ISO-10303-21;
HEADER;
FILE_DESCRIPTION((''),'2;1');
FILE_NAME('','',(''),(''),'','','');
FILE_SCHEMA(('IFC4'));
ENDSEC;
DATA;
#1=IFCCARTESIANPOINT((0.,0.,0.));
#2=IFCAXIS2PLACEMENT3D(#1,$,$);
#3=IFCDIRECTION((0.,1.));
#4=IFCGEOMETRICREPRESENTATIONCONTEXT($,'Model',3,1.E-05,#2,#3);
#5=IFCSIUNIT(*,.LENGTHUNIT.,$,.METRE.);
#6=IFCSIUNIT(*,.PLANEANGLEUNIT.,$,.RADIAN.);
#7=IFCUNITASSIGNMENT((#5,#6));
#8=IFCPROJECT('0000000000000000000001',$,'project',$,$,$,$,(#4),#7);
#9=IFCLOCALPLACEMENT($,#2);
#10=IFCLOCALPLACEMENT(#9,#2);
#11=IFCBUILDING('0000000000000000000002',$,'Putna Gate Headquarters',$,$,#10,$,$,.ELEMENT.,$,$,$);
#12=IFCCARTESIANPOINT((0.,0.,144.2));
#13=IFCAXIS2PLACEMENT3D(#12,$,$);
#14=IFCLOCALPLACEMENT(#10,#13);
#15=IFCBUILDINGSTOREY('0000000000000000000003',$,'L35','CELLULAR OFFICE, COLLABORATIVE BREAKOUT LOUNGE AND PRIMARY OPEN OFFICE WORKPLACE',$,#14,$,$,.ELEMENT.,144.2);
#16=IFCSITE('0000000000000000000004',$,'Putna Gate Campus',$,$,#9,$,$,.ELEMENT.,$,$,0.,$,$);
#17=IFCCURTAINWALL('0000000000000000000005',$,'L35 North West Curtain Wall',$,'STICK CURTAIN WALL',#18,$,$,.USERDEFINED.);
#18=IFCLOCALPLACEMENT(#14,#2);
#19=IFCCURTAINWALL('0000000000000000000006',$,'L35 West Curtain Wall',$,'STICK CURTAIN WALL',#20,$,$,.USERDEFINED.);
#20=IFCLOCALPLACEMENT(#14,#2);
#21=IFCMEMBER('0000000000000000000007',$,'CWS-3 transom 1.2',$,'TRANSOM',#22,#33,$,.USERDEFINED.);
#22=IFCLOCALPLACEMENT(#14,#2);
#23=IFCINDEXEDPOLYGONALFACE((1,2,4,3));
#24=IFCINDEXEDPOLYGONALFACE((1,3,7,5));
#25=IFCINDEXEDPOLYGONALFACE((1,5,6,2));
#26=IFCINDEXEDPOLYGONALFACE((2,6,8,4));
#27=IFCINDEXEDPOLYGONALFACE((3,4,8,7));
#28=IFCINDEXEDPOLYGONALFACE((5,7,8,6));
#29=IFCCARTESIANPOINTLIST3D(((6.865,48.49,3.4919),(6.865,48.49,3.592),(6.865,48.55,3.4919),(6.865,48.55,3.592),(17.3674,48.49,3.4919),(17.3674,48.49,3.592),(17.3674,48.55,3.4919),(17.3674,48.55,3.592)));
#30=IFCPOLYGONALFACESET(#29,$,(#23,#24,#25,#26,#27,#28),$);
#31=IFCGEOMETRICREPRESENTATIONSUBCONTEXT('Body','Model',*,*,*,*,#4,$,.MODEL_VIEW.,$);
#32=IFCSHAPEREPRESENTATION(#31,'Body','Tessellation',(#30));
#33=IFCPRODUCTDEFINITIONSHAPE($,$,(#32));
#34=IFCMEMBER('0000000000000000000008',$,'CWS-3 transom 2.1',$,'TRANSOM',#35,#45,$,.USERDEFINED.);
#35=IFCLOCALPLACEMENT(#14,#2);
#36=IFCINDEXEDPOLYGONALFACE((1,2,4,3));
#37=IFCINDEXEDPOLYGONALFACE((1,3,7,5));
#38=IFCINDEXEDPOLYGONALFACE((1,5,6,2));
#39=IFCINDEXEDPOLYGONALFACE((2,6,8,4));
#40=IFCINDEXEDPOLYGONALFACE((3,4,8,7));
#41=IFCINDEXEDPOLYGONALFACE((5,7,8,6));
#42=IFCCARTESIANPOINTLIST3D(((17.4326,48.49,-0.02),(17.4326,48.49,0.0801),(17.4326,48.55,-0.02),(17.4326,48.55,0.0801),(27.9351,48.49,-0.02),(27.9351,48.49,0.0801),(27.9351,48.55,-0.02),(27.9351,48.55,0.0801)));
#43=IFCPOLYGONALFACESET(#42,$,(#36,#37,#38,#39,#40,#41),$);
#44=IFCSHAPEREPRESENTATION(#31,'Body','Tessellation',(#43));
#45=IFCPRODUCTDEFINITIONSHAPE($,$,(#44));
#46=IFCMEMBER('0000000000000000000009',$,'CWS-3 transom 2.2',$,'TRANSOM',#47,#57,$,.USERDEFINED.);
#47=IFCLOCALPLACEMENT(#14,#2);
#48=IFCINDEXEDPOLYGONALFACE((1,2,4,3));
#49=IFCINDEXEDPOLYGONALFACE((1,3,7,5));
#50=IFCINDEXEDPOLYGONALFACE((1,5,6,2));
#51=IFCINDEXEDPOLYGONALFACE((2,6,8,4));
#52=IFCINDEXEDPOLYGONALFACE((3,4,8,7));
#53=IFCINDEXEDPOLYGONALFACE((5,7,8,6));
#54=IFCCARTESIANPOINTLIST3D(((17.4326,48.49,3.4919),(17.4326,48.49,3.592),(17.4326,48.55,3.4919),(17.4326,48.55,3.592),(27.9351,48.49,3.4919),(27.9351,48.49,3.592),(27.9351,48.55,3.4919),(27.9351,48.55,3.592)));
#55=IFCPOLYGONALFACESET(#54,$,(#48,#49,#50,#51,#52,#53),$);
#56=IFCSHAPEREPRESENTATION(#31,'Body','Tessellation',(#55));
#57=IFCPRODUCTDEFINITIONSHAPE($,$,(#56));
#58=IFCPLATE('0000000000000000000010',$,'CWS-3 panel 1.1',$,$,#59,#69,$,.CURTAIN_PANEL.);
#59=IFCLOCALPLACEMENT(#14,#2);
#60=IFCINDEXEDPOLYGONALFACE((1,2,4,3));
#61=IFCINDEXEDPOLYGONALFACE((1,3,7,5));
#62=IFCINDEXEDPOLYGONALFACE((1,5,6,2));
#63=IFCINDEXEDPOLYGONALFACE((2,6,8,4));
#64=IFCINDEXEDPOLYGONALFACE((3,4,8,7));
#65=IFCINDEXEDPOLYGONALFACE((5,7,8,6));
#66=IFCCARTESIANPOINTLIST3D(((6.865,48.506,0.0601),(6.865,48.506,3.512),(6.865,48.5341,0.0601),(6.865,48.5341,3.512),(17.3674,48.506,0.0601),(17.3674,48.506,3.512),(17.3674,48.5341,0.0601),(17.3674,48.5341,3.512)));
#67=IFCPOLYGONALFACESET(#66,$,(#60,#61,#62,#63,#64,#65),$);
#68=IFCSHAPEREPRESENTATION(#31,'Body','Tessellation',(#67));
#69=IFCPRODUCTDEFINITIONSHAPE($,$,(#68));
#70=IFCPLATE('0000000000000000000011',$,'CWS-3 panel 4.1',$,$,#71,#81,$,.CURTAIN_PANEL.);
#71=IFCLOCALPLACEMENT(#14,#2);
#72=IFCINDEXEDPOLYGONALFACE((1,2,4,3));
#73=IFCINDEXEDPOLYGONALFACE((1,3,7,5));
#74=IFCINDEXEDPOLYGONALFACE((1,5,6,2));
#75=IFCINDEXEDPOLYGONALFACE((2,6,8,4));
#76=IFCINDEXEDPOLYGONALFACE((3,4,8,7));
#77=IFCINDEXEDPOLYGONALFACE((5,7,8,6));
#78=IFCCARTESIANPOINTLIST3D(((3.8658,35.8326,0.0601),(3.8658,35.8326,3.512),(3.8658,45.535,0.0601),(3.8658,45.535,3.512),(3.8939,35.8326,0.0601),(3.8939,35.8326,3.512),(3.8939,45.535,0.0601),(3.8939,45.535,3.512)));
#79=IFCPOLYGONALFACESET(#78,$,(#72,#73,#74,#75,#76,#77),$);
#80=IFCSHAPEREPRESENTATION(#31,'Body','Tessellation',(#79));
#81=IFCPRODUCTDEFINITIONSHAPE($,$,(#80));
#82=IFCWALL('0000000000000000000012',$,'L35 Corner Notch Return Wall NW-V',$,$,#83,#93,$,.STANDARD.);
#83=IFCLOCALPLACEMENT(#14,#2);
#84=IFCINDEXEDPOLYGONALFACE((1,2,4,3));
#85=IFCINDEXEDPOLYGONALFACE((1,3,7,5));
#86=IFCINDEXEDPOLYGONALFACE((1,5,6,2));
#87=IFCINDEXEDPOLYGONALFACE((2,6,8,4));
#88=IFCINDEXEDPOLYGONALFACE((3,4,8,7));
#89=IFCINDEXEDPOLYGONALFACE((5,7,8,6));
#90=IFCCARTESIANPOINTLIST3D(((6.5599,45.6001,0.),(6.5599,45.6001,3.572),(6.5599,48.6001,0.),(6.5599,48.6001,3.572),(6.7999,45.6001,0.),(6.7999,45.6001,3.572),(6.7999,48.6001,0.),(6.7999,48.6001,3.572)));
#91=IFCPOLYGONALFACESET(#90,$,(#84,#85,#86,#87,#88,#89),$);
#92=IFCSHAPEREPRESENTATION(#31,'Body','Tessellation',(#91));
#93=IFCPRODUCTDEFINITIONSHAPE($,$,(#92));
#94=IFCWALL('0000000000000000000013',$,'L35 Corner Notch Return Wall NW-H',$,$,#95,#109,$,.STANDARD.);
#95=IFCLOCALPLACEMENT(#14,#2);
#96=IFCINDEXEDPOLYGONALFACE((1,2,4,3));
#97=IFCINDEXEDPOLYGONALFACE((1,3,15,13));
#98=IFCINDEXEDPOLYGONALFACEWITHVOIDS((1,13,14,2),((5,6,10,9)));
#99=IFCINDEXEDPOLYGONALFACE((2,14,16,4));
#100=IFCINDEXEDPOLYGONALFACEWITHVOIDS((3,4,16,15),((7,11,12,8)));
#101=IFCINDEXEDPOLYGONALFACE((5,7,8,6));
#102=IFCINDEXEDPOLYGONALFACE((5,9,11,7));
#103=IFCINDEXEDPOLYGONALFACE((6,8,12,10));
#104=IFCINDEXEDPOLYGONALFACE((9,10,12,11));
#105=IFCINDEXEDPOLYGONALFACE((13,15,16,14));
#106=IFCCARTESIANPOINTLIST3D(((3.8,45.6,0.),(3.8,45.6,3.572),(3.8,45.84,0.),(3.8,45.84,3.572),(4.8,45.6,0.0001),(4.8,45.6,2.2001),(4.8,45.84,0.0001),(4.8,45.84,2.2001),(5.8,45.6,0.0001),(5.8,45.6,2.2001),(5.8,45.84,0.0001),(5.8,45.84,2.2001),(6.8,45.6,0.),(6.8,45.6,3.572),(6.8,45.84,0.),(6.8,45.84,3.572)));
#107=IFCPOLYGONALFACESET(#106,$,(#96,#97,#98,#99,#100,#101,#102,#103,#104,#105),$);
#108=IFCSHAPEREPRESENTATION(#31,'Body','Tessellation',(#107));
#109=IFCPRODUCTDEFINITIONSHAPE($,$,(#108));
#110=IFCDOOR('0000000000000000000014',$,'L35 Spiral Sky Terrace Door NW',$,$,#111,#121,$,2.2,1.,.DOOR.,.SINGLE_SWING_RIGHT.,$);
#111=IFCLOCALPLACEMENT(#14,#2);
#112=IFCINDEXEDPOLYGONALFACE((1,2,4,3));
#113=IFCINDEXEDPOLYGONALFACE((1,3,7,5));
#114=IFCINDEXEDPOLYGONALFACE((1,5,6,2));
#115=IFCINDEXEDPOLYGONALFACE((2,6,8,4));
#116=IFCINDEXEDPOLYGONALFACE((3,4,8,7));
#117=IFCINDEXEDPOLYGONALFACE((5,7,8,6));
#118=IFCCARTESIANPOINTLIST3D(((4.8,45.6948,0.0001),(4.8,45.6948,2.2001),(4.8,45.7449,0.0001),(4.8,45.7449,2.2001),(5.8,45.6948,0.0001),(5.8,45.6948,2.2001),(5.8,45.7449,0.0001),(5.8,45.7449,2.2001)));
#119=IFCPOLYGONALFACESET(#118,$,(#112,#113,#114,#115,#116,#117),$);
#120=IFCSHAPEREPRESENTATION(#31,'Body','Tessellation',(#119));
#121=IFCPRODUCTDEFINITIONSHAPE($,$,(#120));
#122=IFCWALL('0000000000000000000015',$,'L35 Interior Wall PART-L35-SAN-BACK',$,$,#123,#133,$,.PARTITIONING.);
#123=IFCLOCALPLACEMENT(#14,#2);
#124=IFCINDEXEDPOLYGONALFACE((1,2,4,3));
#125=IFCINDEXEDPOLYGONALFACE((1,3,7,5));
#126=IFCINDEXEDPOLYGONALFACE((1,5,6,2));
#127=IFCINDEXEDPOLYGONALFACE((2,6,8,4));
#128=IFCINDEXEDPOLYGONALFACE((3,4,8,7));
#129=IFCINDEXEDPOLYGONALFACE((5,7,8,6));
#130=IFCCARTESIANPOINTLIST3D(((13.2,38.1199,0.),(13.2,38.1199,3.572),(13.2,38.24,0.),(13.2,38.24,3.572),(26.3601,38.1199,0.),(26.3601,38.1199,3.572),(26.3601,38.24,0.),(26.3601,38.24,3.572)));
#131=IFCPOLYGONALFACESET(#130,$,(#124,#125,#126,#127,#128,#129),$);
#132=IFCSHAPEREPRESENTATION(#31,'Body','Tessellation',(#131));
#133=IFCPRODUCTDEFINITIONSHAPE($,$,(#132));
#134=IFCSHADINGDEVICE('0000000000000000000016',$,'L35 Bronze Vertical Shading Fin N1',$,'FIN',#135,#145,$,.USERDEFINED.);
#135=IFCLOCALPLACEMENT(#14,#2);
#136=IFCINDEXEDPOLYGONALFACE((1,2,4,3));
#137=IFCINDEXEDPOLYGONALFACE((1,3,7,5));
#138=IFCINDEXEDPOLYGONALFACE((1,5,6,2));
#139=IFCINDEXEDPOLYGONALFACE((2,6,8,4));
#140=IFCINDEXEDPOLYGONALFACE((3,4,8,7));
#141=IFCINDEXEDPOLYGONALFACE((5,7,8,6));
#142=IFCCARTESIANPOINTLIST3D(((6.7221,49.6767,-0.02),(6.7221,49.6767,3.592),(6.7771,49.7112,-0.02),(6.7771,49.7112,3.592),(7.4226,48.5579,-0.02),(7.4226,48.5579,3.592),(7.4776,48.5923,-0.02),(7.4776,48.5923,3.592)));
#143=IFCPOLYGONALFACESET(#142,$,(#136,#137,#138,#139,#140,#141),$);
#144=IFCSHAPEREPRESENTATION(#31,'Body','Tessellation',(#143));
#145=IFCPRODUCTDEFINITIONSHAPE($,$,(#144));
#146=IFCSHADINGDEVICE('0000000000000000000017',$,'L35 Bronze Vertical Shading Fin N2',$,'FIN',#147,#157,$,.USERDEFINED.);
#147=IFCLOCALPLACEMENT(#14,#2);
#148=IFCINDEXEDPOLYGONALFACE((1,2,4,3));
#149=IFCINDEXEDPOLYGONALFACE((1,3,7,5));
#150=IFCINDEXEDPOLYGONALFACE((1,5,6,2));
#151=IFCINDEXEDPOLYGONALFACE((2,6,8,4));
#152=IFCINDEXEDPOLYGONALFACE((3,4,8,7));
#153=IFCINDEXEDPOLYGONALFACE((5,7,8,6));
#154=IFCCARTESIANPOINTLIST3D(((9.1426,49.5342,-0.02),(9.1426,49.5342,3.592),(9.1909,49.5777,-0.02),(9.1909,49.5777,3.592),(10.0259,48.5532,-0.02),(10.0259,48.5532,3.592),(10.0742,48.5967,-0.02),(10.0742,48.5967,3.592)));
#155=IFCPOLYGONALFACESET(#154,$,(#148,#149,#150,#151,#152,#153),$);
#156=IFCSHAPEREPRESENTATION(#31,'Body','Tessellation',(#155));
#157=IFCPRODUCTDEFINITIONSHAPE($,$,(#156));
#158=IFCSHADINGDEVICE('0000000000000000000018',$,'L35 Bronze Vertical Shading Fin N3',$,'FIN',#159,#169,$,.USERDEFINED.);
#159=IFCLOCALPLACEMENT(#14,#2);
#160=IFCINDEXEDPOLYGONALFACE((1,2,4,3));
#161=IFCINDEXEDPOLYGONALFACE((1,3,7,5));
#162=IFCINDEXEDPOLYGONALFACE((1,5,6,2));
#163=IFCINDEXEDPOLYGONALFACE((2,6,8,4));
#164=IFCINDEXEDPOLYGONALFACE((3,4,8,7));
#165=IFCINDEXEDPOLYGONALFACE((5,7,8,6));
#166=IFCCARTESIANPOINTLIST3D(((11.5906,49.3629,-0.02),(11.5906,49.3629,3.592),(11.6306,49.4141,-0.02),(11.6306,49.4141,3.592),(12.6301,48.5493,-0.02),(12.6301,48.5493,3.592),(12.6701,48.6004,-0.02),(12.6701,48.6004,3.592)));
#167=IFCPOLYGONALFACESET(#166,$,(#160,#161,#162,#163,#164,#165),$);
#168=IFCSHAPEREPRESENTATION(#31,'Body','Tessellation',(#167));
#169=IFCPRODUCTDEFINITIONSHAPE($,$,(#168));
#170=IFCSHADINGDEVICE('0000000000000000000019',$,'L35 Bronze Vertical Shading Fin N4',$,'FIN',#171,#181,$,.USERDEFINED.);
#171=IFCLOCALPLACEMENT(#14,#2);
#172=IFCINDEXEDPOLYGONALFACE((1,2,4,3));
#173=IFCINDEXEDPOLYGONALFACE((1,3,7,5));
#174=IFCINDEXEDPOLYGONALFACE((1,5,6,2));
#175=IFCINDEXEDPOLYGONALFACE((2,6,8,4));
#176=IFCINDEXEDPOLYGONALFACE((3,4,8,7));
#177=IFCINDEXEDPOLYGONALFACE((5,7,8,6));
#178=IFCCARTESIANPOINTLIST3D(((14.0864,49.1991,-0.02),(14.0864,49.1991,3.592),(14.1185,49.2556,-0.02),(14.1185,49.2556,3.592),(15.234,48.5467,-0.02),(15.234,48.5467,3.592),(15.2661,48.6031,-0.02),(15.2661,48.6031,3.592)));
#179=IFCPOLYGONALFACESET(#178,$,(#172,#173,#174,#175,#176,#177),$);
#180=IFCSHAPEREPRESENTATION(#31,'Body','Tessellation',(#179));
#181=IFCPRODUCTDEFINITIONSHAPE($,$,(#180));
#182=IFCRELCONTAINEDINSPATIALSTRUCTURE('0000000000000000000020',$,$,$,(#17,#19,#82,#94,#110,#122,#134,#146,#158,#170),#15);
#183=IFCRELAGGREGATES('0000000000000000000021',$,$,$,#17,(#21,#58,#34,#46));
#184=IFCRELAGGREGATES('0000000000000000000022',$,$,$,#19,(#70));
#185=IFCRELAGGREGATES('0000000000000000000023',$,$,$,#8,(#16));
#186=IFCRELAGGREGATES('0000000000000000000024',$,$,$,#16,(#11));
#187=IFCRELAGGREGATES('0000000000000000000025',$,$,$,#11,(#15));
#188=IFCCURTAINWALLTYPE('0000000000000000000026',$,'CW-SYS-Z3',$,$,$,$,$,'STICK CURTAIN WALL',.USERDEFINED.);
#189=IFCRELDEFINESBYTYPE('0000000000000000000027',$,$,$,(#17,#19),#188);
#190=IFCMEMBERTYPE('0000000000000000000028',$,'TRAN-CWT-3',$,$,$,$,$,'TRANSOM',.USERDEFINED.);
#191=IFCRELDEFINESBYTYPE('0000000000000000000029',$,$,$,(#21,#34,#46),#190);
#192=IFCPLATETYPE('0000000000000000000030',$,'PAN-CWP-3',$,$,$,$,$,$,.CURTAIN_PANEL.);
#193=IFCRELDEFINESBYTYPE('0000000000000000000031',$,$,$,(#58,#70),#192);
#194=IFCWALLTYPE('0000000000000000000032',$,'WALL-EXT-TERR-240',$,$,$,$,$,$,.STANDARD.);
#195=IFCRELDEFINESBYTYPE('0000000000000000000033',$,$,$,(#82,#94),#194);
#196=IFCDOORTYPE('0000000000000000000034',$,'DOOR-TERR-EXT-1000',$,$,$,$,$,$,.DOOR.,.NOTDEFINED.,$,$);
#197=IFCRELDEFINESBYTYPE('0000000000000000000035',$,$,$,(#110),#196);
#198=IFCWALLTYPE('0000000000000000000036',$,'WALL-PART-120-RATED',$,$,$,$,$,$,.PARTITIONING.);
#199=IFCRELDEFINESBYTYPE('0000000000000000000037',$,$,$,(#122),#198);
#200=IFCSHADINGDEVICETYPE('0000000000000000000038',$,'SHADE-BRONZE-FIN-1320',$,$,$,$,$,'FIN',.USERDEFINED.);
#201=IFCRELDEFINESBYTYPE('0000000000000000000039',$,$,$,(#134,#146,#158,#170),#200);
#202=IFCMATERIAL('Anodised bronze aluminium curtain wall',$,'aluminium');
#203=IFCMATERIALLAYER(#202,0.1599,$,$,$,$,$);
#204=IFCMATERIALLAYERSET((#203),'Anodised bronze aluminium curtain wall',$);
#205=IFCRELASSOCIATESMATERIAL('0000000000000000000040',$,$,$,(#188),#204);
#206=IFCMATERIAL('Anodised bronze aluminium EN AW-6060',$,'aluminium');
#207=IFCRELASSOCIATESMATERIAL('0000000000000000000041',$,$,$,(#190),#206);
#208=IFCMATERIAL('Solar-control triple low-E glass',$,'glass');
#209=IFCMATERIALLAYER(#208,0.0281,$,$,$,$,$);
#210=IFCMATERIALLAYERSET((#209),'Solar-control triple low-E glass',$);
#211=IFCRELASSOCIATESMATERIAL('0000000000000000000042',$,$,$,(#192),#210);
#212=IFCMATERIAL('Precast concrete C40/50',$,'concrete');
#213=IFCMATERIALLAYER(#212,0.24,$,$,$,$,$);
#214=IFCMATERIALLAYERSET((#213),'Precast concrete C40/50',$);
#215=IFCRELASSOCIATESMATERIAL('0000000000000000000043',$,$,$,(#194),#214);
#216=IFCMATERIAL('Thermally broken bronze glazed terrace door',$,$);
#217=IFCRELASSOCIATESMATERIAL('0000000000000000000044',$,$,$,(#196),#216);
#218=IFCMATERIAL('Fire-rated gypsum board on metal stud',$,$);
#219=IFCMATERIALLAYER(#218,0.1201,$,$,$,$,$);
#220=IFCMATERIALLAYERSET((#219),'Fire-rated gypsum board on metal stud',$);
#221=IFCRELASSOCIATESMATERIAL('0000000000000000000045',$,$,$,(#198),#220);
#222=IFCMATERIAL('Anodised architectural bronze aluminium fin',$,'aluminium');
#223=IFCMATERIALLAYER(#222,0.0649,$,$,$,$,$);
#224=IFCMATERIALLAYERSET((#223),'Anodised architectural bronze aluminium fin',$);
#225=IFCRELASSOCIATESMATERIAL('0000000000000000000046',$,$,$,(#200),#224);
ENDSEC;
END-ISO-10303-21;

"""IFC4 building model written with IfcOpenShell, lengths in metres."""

from ifc_helpers import new_model, si_unit, direction, frame, frame_2d, origin, origin_2d, place, context, subcontext, project, spatial, rectangle, extrude, material, layer, layer_set, material_profile, profile_set, type_object, element, fill, aggregate, save


model = new_model("IFC4")

# Units and contexts
model_context = context("Model", 3, precision=1e-05, world=origin(), true_north=direction((0.0, 1.0)))
body_context = subcontext(model_context, "Body", "Model", "MODEL_VIEW")
ifc_project = project(units=[si_unit("LENGTHUNIT", "METRE"), si_unit("PLANEANGLEUNIT", "RADIAN")], contexts=[model_context])

# Site, building, storey
site_placement = place(None, origin())
site = spatial("IfcSite", under=ifc_project, at=site_placement, Name="Putna Gate Campus", CompositionType="ELEMENT", RefElevation=0.0)
building_placement = place(site_placement, origin())
building = spatial("IfcBuilding", under=site, at=building_placement, Name="Putna Gate Headquarters", CompositionType="ELEMENT")
storey_placement = place(building_placement, frame((0.0, 0.0, 144.2)))
storey = spatial("IfcBuildingStorey", under=building, at=storey_placement, Name="L35", Description="CELLULAR OFFICE, COLLABORATIVE BREAKOUT LOUNGE AND PRIMARY OPEN OFFICE WORKPLACE", CompositionType="ELEMENT", Elevation=144.2)

# Curtain wall
ifc_material_1 = material(Name="Anodised bronze aluminium curtain wall", Category="aluminium")
ifc_layer_1 = layer(ifc_material_1, 0.1599)
ifc_layer_set_1 = layer_set([ifc_layer_1], Name="Anodised bronze aluminium curtain wall")
curtain_wall_type = type_object("IfcCurtainWallType", Name="CW-SYS-Z3", ElementType="STICK CURTAIN WALL", PredefinedType="USERDEFINED", material=ifc_layer_set_1)
curtain_wall_1_placement = place(storey_placement, origin())
curtain_wall_1 = element("IfcCurtainWall", 1, at=curtain_wall_1_placement, inside=storey, type_object=curtain_wall_type, Name="L35 North West Curtain Wall", ObjectType="STICK CURTAIN WALL", PredefinedType="USERDEFINED")
ifc_material_2 = material(Name="Anodised bronze aluminium EN AW-6060", Category="aluminium")

# Curtain wall
curtain_wall_2_placement = place(storey_placement, origin())
curtain_wall_2 = element("IfcCurtainWall", 2, at=curtain_wall_2_placement, inside=storey, type_object=curtain_wall_type, Name="L35 West Curtain Wall", ObjectType="STICK CURTAIN WALL", PredefinedType="USERDEFINED")

# Members
ifc_material_profile_1 = material_profile(ifc_material_2, rectangle(XDim=0.0601, YDim=0.1001, at=origin_2d()), Name="Anodised bronze aluminium EN AW-6060")
ifc_profile_set_1 = profile_set([ifc_material_profile_1], Name="Anodised bronze aluminium EN AW-6060")
member_type_1 = type_object("IfcMemberType", Name="TRAN-CWT-3", ElementType="TRANSOM", PredefinedType="USERDEFINED", material=ifc_profile_set_1)
member_1_placement = place(storey_placement, frame((6.865, 48.52, 3.542), z_axis=(1.0, 0.0, 0.0), x_axis=(0.0, 1.0, 0.0)))
member_1 = element("IfcMember", 3, at=member_1_placement, type_object=member_type_1, Name="CWS-3 transom 1.2", ObjectType="TRANSOM", PredefinedType="USERDEFINED", context=body_context, shape_type="SweptSolid", body=[
    extrude(rectangle(XDim=0.0601, YDim=0.1001, at=origin_2d()), origin(), (0.0, 0.0, 1.0), 10.5024),
])
member_2_placement = place(storey_placement, frame((17.4326, 48.52, 0.03), z_axis=(1.0, 0.0, 0.0), x_axis=(0.0, 1.0, 0.0)))
member_2 = element("IfcMember", 4, at=member_2_placement, type_object=member_type_1, Name="CWS-3 transom 2.1", ObjectType="TRANSOM", PredefinedType="USERDEFINED", context=body_context, shape_type="SweptSolid", body=[
    extrude(rectangle(XDim=0.0601, YDim=0.1001, at=origin_2d()), origin(), (0.0, 0.0, 1.0), 10.5024),
])
member_3_placement = place(storey_placement, frame((17.4326, 48.52, 3.542), z_axis=(1.0, 0.0, 0.0), x_axis=(0.0, 1.0, 0.0)))
member_3 = element("IfcMember", 5, at=member_3_placement, type_object=member_type_1, Name="CWS-3 transom 2.2", ObjectType="TRANSOM", PredefinedType="USERDEFINED", context=body_context, shape_type="SweptSolid", body=[
    extrude(rectangle(XDim=0.0601, YDim=0.1001, at=origin_2d()), origin(), (0.0, 0.0, 1.0), 10.5024),
])

# Plates
ifc_material_3 = material(Name="Solar-control triple low-E glass", Category="glass")
ifc_layer_2 = layer(ifc_material_3, 0.0281)
ifc_layer_set_2 = layer_set([ifc_layer_2], Name="Solar-control triple low-E glass")
plate_type = type_object("IfcPlateType", Name="PAN-CWP-3", PredefinedType="CURTAIN_PANEL", material=ifc_layer_set_2)
plate_1_placement = place(storey_placement, frame((12.1162, 48.52, 0.0601), z_axis=(0.0, 0.0, 1.0), x_axis=(1.0, 0.0, 0.0)))
plate_1 = element("IfcPlate", 6, at=plate_1_placement, type_object=plate_type, Name="CWS-3 panel 1.1", PredefinedType="CURTAIN_PANEL", context=body_context, shape_type="SweptSolid", body=[
    extrude(rectangle(XDim=10.5024, YDim=0.0281, at=origin_2d()), origin(), (0.0, 0.0, 1.0), 3.4519),
])
aggregate(curtain_wall_1, [member_1, plate_1, member_2, member_3])
plate_2_placement = place(storey_placement, frame((3.8799, 40.6838, 0.0601), z_axis=(0.0, 0.0, 1.0), x_axis=(0.0, 1.0, 0.0)))
plate_2 = element("IfcPlate", 7, at=plate_2_placement, type_object=plate_type, Name="CWS-3 panel 4.1", PredefinedType="CURTAIN_PANEL", context=body_context, shape_type="SweptSolid", body=[
    extrude(rectangle(XDim=9.7024, YDim=0.0281, at=origin_2d()), origin(), (0.0, 0.0, 1.0), 3.4519),
])
aggregate(curtain_wall_2, [plate_2])

# Wall
ifc_material_4 = material(Name="Precast concrete C40/50", Category="concrete")
ifc_layer_3 = layer(ifc_material_4, 0.24)
ifc_layer_set_3 = layer_set([ifc_layer_3], Name="Precast concrete C40/50")
wall_type_1 = type_object("IfcWallType", Name="WALL-EXT-TERR-240", PredefinedType="STANDARD", material=ifc_layer_set_3)
wall_1_placement = place(storey_placement, frame((6.6799, 45.6001, 0.0), z_axis=(0.0, 0.0, 1.0), x_axis=(0.0, 1.0, 0.0)))
element("IfcWall", 8, at=wall_1_placement, inside=storey, type_object=wall_type_1, Name="L35 Corner Notch Return Wall NW-V", PredefinedType="STANDARD", context=body_context, shape_type="SweptSolid", body=[
    extrude(rectangle(XDim=3.0, YDim=0.24, at=frame_2d((1.5, 0.0))), origin(), (0.0, 0.0, 1.0), 3.572),
])

# Wall, opening, door
wall_2_placement = place(storey_placement, frame((3.8, 45.72, 0.0), z_axis=(0.0, 0.0, 1.0), x_axis=(1.0, 0.0, 0.0)))
wall_2 = element("IfcWall", 9, at=wall_2_placement, inside=storey, type_object=wall_type_1, Name="L35 Corner Notch Return Wall NW-H", PredefinedType="STANDARD", context=body_context, shape_type="SweptSolid", body=[
    extrude(rectangle(XDim=3.0, YDim=0.24, at=frame_2d((1.5, 0.0))), origin(), (0.0, 0.0, 1.0), 3.572),
])
opening_placement = place(wall_2_placement, frame((1.0, 0.0, 0.0)))
opening = element("IfcOpeningElement", 10, at=opening_placement, cuts=wall_2, PredefinedType="OPENING", context=body_context, shape_type="SweptSolid", body=[
    extrude(rectangle(XDim=1.0, YDim=2.2, at=frame_2d((0.5, 1.1001))), frame((0.0, 0.1299, 0.0), z_axis=(0.0, -1.0, 0.0), x_axis=(1.0, 0.0, 0.0)), (0.0, 0.0, 1.0), 0.26),
])
ifc_material_5 = material(Name="Thermally broken bronze glazed terrace door")
door_type = type_object("IfcDoorType", Name="DOOR-TERR-EXT-1000", OperationType="NOTDEFINED", PredefinedType="DOOR", material=ifc_material_5)
door_placement = place(opening_placement, origin())
door = element("IfcDoor", 11, at=door_placement, inside=storey, type_object=door_type, Name="L35 Spiral Sky Terrace Door NW", OperationType="SINGLE_SWING_RIGHT", OverallHeight=2.2, OverallWidth=1.0, PredefinedType="DOOR", context=body_context, shape_type="SweptSolid", body=[
    extrude(rectangle(XDim=1.0, YDim=2.2, at=frame_2d((0.5, 1.1001))), frame((0.0, 0.0249, 0.0), z_axis=(0.0, -1.0, 0.0), x_axis=(1.0, 0.0, 0.0)), (0.0, 0.0, 1.0), 0.05),
])
fill(opening, door)

# Wall
ifc_material_6 = material(Name="Fire-rated gypsum board on metal stud")
ifc_layer_4 = layer(ifc_material_6, 0.1201)
ifc_layer_set_4 = layer_set([ifc_layer_4], Name="Fire-rated gypsum board on metal stud")
wall_type_2 = type_object("IfcWallType", Name="WALL-PART-120-RATED", PredefinedType="PARTITIONING", material=ifc_layer_set_4)
wall_3_placement = place(storey_placement, frame((13.2, 38.1799, 0.0), z_axis=(0.0, 0.0, 1.0), x_axis=(1.0, 0.0, 0.0)))
element("IfcWall", 12, at=wall_3_placement, inside=storey, type_object=wall_type_2, Name="L35 Interior Wall PART-L35-SAN-BACK", PredefinedType="PARTITIONING", context=body_context, shape_type="SweptSolid", body=[
    extrude(rectangle(XDim=13.1602, YDim=0.1201, at=frame_2d((6.5801, 0.0))), origin(), (0.0, 0.0, 1.0), 3.572),
])

# Shading devices
ifc_material_7 = material(Name="Anodised architectural bronze aluminium fin", Category="aluminium")
ifc_layer_5 = layer(ifc_material_7, 0.0649)
ifc_layer_set_5 = layer_set([ifc_layer_5], Name="Anodised architectural bronze aluminium fin")
shading_device_type = type_object("IfcShadingDeviceType", Name="SHADE-BRONZE-FIN-1320", ElementType="FIN", PredefinedType="USERDEFINED", material=ifc_layer_set_5)
for number, where, z_axis, x_axis, name in (
    (13, (7.0999, 49.1345, -0.02), (0.0, 0.0, 1.0), (-0.530659, 0.847585, 0.0), "L35 Bronze Vertical Shading Fin N1"),
    (14, (9.6084, 49.0654, -0.02), (0.0, 0.0, 1.0), (-0.669131, 0.743145, 0.0), "L35 Bronze Vertical Shading Fin N2"),
    (15, (12.1304, 48.9817, -0.02), (0.0, 0.0, 1.0), (-0.787473, 0.616349, 0.0), "L35 Bronze Vertical Shading Fin N3"),
    (16, (14.6763, 48.9011, -0.02), (0.0, 0.0, 1.0), (-0.869322, 0.494245, 0.0), "L35 Bronze Vertical Shading Fin N4"),
):
    element("IfcShadingDevice", number, at=place(storey_placement, frame(where, z_axis=z_axis, x_axis=x_axis)), inside=storey, type_object=shading_device_type, Name=name, ObjectType="FIN", PredefinedType="USERDEFINED", context=body_context, shape_type="SweptSolid", body=[
        extrude(rectangle(XDim=1.3201, YDim=0.0649, at=origin_2d()), origin(), (0.0, 0.0, 1.0), 3.6121),
    ])

save(model, "model.ifc")
